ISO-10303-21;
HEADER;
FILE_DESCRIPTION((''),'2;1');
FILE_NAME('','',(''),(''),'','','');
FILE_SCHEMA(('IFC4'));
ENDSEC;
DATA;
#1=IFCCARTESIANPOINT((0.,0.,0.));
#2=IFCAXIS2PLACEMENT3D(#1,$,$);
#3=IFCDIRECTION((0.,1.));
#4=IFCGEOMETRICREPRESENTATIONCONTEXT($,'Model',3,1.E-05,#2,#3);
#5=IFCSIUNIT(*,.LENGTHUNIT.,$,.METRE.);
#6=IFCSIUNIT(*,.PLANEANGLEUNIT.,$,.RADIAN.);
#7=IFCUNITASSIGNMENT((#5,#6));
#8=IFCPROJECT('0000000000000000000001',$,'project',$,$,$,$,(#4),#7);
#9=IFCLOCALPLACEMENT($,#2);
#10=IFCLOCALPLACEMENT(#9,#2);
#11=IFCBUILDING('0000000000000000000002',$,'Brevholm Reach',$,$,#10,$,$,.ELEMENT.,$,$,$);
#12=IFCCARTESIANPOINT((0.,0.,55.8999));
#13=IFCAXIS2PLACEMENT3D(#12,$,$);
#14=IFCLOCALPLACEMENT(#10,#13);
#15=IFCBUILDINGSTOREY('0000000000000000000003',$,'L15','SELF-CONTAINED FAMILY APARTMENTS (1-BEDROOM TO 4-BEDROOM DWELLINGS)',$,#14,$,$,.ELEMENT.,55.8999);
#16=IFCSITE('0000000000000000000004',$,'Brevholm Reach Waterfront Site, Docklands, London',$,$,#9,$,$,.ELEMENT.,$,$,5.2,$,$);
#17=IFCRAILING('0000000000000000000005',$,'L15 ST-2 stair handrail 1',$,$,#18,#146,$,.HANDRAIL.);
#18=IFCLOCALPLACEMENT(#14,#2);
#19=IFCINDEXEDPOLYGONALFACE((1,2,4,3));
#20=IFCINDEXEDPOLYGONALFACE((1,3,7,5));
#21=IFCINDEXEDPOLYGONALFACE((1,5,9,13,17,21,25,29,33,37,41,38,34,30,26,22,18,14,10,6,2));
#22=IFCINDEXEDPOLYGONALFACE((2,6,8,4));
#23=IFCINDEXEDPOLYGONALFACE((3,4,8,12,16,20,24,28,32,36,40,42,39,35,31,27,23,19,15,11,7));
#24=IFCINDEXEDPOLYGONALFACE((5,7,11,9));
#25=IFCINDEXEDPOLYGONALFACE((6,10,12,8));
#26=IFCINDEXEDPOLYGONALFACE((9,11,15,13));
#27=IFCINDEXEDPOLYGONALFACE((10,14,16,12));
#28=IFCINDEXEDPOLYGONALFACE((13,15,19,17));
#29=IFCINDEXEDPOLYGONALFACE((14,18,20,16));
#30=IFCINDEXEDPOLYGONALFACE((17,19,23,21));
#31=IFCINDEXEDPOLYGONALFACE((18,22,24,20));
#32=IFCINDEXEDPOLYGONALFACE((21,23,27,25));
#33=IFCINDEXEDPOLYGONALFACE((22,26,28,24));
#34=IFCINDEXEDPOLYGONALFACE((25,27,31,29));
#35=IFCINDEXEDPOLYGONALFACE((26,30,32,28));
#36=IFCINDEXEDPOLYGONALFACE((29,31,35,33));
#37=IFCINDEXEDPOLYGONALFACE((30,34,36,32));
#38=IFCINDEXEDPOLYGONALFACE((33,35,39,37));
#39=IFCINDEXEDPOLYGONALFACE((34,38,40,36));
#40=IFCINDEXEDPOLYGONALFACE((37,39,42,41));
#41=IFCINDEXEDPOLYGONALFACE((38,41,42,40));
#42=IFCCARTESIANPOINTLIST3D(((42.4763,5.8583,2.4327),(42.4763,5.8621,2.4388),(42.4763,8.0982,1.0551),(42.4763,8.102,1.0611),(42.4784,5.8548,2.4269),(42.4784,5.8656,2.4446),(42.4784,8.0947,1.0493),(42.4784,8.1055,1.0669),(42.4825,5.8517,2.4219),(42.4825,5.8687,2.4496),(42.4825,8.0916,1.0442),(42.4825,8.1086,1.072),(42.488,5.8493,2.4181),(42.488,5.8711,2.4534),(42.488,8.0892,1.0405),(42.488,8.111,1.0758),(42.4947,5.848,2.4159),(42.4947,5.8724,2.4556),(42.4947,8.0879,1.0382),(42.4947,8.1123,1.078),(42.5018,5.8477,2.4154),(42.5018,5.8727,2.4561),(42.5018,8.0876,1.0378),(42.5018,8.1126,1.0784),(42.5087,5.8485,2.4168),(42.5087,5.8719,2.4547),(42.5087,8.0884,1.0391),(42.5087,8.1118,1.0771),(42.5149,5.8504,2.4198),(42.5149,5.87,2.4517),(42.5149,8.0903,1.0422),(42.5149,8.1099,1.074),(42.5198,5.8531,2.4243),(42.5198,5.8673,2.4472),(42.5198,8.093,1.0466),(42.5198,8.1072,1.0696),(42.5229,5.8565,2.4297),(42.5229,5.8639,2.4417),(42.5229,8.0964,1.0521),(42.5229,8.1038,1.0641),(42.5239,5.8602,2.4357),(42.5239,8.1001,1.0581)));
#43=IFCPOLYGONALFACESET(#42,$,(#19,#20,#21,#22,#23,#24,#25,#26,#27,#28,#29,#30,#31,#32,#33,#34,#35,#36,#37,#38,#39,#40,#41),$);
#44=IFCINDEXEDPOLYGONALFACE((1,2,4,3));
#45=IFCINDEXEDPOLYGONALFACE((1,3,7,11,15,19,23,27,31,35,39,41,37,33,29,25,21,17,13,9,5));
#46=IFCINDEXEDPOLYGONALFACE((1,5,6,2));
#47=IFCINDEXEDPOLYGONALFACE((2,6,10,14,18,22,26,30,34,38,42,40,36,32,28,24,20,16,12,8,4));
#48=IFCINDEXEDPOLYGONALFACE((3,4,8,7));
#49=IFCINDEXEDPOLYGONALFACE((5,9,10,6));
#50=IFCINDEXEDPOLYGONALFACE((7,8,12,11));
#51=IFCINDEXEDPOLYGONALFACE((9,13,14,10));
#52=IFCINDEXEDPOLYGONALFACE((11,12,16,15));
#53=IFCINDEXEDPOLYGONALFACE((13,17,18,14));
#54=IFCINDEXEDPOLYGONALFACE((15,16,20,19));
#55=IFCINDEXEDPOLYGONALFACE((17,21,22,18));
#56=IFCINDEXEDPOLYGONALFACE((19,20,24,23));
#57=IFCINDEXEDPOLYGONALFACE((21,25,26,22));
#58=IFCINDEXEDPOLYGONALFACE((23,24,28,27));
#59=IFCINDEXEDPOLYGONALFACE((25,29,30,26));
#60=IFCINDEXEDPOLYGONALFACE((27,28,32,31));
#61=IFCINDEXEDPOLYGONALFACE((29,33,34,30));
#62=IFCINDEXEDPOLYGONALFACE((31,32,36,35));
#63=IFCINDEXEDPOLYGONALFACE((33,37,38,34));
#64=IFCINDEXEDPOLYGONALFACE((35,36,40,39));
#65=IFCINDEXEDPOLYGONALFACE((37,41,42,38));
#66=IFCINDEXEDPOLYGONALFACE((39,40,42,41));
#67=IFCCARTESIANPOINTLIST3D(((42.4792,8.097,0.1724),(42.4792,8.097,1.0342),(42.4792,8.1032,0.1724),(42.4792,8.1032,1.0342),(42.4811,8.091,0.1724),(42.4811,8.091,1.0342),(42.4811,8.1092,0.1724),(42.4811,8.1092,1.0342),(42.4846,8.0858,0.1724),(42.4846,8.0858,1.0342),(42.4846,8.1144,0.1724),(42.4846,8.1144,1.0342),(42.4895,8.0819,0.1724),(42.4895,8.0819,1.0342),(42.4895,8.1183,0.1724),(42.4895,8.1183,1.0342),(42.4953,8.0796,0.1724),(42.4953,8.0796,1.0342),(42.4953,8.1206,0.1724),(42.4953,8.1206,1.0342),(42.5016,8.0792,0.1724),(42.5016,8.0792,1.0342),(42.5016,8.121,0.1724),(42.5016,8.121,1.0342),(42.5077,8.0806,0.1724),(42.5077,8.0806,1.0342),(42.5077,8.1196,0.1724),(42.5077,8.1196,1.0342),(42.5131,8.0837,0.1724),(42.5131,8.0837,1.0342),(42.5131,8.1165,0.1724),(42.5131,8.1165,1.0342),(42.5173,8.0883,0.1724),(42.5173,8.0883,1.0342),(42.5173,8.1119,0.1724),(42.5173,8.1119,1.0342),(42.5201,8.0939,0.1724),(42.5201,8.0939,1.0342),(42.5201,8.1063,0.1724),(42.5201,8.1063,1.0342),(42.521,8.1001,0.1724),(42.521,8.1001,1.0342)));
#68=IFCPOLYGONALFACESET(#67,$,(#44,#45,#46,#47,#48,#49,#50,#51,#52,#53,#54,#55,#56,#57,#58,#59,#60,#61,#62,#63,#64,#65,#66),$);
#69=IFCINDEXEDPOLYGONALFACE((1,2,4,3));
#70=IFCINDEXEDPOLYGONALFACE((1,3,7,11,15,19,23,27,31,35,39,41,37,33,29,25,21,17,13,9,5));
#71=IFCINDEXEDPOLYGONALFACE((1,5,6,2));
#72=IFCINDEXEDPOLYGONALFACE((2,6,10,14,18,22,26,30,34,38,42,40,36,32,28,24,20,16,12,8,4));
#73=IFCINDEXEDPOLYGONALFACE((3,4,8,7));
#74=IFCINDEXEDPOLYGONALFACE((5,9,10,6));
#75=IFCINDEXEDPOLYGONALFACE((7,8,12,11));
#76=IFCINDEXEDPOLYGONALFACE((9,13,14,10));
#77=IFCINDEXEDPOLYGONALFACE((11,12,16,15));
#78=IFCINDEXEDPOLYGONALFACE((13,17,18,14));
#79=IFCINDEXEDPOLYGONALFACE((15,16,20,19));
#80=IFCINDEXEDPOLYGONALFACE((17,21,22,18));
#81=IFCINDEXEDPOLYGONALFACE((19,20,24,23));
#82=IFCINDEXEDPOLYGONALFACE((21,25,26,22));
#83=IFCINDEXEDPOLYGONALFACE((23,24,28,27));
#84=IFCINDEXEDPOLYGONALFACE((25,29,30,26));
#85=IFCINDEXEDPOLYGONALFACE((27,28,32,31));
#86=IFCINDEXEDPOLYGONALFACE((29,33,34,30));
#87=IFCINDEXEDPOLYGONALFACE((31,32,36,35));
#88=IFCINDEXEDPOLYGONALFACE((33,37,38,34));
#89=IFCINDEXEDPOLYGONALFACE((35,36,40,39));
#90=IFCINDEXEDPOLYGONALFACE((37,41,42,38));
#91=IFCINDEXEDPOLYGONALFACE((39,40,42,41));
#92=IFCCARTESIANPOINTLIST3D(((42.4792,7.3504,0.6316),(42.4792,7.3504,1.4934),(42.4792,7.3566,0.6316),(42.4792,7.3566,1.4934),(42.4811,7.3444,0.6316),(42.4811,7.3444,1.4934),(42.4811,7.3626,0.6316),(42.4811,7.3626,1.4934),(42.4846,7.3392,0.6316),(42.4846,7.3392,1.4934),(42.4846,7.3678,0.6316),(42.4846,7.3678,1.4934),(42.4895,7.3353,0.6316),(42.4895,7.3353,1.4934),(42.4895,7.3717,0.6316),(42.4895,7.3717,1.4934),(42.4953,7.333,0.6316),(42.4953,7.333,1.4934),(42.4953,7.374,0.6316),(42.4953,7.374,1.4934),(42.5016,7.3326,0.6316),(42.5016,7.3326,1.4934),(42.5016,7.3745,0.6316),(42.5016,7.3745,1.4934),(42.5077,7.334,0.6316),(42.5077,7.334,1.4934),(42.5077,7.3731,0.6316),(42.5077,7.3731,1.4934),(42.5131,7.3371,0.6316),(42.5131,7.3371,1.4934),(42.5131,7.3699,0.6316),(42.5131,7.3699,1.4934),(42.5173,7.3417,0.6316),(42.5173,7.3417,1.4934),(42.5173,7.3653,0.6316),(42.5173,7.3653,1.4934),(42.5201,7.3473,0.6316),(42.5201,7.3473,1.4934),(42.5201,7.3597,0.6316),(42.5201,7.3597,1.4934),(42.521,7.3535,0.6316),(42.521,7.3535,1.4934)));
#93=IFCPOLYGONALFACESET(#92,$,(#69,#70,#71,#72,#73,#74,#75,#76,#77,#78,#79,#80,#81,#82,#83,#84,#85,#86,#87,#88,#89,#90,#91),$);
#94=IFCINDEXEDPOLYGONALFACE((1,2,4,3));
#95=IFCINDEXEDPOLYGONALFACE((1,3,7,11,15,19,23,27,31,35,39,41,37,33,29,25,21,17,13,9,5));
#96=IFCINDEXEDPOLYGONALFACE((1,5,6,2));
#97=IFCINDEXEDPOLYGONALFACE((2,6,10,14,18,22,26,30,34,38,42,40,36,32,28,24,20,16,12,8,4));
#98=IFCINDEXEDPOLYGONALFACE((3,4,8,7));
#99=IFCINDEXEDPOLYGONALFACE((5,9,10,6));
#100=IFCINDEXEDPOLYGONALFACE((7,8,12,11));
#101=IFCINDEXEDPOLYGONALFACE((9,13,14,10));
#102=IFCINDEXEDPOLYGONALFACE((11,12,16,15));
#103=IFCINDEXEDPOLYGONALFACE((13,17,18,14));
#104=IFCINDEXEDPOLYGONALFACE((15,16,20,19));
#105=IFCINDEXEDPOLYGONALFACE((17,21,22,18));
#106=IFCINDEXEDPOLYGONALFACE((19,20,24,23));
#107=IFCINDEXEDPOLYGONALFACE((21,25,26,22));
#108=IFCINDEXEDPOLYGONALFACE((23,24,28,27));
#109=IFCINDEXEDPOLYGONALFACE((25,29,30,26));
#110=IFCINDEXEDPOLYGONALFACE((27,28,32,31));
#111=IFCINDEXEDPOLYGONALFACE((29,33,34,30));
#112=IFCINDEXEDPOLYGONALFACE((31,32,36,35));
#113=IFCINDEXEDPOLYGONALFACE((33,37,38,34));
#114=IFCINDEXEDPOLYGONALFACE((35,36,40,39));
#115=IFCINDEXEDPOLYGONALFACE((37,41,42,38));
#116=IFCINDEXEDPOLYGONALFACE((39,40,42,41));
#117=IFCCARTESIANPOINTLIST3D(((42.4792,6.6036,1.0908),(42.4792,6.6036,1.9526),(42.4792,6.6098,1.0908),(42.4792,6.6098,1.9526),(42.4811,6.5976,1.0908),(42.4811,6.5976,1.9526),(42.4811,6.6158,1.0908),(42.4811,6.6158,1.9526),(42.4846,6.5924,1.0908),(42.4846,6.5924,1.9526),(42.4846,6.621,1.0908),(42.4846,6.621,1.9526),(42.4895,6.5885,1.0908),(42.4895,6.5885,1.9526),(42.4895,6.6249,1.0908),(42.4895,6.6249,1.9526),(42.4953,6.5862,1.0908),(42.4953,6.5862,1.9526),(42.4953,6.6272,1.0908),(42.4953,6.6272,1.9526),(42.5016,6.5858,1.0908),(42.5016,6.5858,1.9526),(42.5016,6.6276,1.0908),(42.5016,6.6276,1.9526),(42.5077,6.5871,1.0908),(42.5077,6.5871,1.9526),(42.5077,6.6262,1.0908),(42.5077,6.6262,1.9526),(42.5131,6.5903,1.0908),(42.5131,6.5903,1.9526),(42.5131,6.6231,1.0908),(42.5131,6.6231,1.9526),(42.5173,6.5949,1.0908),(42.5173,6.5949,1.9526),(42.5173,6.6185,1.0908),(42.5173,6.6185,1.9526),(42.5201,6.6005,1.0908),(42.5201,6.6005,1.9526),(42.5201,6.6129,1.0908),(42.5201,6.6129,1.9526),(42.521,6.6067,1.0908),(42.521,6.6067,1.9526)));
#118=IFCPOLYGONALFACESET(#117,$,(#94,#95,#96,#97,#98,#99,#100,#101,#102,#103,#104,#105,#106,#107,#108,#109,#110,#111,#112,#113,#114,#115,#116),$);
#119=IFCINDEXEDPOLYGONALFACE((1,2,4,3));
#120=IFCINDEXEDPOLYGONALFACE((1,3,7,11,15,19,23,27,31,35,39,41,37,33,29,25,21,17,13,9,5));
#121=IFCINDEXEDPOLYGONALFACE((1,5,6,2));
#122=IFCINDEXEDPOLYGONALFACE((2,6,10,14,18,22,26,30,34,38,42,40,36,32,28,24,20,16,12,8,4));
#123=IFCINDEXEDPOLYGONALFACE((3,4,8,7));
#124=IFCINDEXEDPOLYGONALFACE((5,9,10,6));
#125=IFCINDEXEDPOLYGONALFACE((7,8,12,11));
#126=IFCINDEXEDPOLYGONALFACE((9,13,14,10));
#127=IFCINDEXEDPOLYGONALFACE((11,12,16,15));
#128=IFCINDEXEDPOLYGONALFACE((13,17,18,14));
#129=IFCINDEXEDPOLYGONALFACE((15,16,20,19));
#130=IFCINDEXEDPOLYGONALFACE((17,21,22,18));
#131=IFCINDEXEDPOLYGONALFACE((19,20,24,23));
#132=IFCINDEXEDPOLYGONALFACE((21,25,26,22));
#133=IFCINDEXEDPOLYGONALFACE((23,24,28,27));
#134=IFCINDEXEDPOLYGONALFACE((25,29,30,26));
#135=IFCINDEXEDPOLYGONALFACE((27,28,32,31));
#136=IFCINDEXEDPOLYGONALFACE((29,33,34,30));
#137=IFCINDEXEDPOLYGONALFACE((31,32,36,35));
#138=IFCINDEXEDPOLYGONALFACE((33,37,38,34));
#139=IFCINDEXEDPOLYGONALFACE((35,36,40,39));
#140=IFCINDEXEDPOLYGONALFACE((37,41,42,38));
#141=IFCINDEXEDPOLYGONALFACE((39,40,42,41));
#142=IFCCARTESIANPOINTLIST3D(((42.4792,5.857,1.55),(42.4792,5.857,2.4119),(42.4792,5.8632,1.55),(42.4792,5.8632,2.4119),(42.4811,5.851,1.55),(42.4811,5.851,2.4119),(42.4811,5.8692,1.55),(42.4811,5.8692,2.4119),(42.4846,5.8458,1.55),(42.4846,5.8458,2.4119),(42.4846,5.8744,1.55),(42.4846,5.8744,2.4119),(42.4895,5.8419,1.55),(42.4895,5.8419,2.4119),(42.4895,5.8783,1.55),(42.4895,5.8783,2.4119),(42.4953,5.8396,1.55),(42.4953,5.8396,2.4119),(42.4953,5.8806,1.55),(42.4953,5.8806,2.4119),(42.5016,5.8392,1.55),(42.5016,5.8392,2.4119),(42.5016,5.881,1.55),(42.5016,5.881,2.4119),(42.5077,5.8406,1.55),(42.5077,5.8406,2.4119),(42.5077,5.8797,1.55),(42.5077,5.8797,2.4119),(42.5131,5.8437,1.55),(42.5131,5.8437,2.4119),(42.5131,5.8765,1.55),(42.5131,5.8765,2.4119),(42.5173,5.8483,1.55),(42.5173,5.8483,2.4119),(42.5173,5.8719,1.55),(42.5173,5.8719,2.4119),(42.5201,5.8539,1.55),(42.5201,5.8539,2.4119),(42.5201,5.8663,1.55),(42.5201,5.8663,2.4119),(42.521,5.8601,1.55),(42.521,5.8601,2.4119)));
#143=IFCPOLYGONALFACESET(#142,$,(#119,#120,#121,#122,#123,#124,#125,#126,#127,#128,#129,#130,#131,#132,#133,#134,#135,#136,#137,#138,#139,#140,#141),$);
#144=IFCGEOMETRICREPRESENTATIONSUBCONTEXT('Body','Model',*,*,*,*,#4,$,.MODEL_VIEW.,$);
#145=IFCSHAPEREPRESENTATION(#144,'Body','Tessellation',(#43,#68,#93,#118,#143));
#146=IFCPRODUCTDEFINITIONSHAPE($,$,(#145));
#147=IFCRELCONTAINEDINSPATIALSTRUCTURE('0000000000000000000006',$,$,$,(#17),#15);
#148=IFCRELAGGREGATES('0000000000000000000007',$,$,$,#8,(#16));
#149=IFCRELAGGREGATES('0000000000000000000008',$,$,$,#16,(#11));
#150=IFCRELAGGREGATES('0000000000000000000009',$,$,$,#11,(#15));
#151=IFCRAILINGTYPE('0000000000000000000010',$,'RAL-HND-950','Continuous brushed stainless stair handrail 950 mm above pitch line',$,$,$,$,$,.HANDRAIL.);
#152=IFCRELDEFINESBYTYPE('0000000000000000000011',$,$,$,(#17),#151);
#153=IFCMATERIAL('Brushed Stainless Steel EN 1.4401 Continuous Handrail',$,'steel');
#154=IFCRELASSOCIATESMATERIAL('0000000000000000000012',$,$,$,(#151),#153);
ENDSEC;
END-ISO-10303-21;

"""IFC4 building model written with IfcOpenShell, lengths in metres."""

from ifc_helpers import new_model, si_unit, direction, frame, origin, origin_2d, place, context, subcontext, project, spatial, circle, extrude, material, type_object, element, save


model = new_model("IFC4")

# Units and contexts
model_context = context("Model", 3, precision=1e-05, world=origin(), true_north=direction((0.0, 1.0)))
body_context = subcontext(model_context, "Body", "Model", "MODEL_VIEW")
ifc_project = project(units=[si_unit("LENGTHUNIT", "METRE"), si_unit("PLANEANGLEUNIT", "RADIAN")], contexts=[model_context])

# Site, building, storey
site_placement = place(None, origin())
site = spatial("IfcSite", under=ifc_project, at=site_placement, Name="Brevholm Reach Waterfront Site, Docklands, London", CompositionType="ELEMENT", RefElevation=5.2)
building_placement = place(site_placement, origin())
building = spatial("IfcBuilding", under=site, at=building_placement, Name="Brevholm Reach", CompositionType="ELEMENT")
storey_placement = place(building_placement, frame((0.0, 0.0, 55.8999)))
storey = spatial("IfcBuildingStorey", under=building, at=storey_placement, Name="L15", Description="SELF-CONTAINED FAMILY APARTMENTS (1-BEDROOM TO 4-BEDROOM DWELLINGS)", CompositionType="ELEMENT", Elevation=55.8999)

# Railing
ifc_material_1 = material(Name="Brushed Stainless Steel EN 1.4401 Continuous Handrail", Category="steel")
railing_type_1 = type_object("IfcRailingType", Name="RAL-HND-950", Description="Continuous brushed stainless stair handrail 950 mm above pitch line", PredefinedType="HANDRAIL", material=ifc_material_1)
railing_1_placement = place(storey_placement, frame((42.5, 8.1001, 0.1724)))
element("IfcRailing", 1, at=railing_1_placement, inside=storey, type_object=railing_type_1, Name="L15 ST-2 stair handrail 1", PredefinedType="HANDRAIL", context=body_context, shape_type="SweptSolid", body=[
    extrude(circle(Radius=0.0239, at=origin_2d()), frame((0.0, 0.0, 0.8857), z_axis=(0.0, -0.851789, 0.523885), x_axis=(1.0, 0.0, 0.0)), (0.0, 0.0, 1.0), 2.6296),
    extrude(circle(Radius=0.021, at=origin_2d()), origin(), (0.0, 0.0, 1.0), 0.8618),
    extrude(circle(Radius=0.021, at=origin_2d()), frame((0.0, -0.7466, 0.4592)), (0.0, 0.0, 1.0), 0.8618),
    extrude(circle(Radius=0.021, at=origin_2d()), frame((0.0, -1.4934, 0.9185)), (0.0, 0.0, 1.0), 0.8618),
    extrude(circle(Radius=0.021, at=origin_2d()), frame((0.0, -2.24, 1.3777)), (0.0, 0.0, 1.0), 0.8618),
])

save(model, "model.ifc")
